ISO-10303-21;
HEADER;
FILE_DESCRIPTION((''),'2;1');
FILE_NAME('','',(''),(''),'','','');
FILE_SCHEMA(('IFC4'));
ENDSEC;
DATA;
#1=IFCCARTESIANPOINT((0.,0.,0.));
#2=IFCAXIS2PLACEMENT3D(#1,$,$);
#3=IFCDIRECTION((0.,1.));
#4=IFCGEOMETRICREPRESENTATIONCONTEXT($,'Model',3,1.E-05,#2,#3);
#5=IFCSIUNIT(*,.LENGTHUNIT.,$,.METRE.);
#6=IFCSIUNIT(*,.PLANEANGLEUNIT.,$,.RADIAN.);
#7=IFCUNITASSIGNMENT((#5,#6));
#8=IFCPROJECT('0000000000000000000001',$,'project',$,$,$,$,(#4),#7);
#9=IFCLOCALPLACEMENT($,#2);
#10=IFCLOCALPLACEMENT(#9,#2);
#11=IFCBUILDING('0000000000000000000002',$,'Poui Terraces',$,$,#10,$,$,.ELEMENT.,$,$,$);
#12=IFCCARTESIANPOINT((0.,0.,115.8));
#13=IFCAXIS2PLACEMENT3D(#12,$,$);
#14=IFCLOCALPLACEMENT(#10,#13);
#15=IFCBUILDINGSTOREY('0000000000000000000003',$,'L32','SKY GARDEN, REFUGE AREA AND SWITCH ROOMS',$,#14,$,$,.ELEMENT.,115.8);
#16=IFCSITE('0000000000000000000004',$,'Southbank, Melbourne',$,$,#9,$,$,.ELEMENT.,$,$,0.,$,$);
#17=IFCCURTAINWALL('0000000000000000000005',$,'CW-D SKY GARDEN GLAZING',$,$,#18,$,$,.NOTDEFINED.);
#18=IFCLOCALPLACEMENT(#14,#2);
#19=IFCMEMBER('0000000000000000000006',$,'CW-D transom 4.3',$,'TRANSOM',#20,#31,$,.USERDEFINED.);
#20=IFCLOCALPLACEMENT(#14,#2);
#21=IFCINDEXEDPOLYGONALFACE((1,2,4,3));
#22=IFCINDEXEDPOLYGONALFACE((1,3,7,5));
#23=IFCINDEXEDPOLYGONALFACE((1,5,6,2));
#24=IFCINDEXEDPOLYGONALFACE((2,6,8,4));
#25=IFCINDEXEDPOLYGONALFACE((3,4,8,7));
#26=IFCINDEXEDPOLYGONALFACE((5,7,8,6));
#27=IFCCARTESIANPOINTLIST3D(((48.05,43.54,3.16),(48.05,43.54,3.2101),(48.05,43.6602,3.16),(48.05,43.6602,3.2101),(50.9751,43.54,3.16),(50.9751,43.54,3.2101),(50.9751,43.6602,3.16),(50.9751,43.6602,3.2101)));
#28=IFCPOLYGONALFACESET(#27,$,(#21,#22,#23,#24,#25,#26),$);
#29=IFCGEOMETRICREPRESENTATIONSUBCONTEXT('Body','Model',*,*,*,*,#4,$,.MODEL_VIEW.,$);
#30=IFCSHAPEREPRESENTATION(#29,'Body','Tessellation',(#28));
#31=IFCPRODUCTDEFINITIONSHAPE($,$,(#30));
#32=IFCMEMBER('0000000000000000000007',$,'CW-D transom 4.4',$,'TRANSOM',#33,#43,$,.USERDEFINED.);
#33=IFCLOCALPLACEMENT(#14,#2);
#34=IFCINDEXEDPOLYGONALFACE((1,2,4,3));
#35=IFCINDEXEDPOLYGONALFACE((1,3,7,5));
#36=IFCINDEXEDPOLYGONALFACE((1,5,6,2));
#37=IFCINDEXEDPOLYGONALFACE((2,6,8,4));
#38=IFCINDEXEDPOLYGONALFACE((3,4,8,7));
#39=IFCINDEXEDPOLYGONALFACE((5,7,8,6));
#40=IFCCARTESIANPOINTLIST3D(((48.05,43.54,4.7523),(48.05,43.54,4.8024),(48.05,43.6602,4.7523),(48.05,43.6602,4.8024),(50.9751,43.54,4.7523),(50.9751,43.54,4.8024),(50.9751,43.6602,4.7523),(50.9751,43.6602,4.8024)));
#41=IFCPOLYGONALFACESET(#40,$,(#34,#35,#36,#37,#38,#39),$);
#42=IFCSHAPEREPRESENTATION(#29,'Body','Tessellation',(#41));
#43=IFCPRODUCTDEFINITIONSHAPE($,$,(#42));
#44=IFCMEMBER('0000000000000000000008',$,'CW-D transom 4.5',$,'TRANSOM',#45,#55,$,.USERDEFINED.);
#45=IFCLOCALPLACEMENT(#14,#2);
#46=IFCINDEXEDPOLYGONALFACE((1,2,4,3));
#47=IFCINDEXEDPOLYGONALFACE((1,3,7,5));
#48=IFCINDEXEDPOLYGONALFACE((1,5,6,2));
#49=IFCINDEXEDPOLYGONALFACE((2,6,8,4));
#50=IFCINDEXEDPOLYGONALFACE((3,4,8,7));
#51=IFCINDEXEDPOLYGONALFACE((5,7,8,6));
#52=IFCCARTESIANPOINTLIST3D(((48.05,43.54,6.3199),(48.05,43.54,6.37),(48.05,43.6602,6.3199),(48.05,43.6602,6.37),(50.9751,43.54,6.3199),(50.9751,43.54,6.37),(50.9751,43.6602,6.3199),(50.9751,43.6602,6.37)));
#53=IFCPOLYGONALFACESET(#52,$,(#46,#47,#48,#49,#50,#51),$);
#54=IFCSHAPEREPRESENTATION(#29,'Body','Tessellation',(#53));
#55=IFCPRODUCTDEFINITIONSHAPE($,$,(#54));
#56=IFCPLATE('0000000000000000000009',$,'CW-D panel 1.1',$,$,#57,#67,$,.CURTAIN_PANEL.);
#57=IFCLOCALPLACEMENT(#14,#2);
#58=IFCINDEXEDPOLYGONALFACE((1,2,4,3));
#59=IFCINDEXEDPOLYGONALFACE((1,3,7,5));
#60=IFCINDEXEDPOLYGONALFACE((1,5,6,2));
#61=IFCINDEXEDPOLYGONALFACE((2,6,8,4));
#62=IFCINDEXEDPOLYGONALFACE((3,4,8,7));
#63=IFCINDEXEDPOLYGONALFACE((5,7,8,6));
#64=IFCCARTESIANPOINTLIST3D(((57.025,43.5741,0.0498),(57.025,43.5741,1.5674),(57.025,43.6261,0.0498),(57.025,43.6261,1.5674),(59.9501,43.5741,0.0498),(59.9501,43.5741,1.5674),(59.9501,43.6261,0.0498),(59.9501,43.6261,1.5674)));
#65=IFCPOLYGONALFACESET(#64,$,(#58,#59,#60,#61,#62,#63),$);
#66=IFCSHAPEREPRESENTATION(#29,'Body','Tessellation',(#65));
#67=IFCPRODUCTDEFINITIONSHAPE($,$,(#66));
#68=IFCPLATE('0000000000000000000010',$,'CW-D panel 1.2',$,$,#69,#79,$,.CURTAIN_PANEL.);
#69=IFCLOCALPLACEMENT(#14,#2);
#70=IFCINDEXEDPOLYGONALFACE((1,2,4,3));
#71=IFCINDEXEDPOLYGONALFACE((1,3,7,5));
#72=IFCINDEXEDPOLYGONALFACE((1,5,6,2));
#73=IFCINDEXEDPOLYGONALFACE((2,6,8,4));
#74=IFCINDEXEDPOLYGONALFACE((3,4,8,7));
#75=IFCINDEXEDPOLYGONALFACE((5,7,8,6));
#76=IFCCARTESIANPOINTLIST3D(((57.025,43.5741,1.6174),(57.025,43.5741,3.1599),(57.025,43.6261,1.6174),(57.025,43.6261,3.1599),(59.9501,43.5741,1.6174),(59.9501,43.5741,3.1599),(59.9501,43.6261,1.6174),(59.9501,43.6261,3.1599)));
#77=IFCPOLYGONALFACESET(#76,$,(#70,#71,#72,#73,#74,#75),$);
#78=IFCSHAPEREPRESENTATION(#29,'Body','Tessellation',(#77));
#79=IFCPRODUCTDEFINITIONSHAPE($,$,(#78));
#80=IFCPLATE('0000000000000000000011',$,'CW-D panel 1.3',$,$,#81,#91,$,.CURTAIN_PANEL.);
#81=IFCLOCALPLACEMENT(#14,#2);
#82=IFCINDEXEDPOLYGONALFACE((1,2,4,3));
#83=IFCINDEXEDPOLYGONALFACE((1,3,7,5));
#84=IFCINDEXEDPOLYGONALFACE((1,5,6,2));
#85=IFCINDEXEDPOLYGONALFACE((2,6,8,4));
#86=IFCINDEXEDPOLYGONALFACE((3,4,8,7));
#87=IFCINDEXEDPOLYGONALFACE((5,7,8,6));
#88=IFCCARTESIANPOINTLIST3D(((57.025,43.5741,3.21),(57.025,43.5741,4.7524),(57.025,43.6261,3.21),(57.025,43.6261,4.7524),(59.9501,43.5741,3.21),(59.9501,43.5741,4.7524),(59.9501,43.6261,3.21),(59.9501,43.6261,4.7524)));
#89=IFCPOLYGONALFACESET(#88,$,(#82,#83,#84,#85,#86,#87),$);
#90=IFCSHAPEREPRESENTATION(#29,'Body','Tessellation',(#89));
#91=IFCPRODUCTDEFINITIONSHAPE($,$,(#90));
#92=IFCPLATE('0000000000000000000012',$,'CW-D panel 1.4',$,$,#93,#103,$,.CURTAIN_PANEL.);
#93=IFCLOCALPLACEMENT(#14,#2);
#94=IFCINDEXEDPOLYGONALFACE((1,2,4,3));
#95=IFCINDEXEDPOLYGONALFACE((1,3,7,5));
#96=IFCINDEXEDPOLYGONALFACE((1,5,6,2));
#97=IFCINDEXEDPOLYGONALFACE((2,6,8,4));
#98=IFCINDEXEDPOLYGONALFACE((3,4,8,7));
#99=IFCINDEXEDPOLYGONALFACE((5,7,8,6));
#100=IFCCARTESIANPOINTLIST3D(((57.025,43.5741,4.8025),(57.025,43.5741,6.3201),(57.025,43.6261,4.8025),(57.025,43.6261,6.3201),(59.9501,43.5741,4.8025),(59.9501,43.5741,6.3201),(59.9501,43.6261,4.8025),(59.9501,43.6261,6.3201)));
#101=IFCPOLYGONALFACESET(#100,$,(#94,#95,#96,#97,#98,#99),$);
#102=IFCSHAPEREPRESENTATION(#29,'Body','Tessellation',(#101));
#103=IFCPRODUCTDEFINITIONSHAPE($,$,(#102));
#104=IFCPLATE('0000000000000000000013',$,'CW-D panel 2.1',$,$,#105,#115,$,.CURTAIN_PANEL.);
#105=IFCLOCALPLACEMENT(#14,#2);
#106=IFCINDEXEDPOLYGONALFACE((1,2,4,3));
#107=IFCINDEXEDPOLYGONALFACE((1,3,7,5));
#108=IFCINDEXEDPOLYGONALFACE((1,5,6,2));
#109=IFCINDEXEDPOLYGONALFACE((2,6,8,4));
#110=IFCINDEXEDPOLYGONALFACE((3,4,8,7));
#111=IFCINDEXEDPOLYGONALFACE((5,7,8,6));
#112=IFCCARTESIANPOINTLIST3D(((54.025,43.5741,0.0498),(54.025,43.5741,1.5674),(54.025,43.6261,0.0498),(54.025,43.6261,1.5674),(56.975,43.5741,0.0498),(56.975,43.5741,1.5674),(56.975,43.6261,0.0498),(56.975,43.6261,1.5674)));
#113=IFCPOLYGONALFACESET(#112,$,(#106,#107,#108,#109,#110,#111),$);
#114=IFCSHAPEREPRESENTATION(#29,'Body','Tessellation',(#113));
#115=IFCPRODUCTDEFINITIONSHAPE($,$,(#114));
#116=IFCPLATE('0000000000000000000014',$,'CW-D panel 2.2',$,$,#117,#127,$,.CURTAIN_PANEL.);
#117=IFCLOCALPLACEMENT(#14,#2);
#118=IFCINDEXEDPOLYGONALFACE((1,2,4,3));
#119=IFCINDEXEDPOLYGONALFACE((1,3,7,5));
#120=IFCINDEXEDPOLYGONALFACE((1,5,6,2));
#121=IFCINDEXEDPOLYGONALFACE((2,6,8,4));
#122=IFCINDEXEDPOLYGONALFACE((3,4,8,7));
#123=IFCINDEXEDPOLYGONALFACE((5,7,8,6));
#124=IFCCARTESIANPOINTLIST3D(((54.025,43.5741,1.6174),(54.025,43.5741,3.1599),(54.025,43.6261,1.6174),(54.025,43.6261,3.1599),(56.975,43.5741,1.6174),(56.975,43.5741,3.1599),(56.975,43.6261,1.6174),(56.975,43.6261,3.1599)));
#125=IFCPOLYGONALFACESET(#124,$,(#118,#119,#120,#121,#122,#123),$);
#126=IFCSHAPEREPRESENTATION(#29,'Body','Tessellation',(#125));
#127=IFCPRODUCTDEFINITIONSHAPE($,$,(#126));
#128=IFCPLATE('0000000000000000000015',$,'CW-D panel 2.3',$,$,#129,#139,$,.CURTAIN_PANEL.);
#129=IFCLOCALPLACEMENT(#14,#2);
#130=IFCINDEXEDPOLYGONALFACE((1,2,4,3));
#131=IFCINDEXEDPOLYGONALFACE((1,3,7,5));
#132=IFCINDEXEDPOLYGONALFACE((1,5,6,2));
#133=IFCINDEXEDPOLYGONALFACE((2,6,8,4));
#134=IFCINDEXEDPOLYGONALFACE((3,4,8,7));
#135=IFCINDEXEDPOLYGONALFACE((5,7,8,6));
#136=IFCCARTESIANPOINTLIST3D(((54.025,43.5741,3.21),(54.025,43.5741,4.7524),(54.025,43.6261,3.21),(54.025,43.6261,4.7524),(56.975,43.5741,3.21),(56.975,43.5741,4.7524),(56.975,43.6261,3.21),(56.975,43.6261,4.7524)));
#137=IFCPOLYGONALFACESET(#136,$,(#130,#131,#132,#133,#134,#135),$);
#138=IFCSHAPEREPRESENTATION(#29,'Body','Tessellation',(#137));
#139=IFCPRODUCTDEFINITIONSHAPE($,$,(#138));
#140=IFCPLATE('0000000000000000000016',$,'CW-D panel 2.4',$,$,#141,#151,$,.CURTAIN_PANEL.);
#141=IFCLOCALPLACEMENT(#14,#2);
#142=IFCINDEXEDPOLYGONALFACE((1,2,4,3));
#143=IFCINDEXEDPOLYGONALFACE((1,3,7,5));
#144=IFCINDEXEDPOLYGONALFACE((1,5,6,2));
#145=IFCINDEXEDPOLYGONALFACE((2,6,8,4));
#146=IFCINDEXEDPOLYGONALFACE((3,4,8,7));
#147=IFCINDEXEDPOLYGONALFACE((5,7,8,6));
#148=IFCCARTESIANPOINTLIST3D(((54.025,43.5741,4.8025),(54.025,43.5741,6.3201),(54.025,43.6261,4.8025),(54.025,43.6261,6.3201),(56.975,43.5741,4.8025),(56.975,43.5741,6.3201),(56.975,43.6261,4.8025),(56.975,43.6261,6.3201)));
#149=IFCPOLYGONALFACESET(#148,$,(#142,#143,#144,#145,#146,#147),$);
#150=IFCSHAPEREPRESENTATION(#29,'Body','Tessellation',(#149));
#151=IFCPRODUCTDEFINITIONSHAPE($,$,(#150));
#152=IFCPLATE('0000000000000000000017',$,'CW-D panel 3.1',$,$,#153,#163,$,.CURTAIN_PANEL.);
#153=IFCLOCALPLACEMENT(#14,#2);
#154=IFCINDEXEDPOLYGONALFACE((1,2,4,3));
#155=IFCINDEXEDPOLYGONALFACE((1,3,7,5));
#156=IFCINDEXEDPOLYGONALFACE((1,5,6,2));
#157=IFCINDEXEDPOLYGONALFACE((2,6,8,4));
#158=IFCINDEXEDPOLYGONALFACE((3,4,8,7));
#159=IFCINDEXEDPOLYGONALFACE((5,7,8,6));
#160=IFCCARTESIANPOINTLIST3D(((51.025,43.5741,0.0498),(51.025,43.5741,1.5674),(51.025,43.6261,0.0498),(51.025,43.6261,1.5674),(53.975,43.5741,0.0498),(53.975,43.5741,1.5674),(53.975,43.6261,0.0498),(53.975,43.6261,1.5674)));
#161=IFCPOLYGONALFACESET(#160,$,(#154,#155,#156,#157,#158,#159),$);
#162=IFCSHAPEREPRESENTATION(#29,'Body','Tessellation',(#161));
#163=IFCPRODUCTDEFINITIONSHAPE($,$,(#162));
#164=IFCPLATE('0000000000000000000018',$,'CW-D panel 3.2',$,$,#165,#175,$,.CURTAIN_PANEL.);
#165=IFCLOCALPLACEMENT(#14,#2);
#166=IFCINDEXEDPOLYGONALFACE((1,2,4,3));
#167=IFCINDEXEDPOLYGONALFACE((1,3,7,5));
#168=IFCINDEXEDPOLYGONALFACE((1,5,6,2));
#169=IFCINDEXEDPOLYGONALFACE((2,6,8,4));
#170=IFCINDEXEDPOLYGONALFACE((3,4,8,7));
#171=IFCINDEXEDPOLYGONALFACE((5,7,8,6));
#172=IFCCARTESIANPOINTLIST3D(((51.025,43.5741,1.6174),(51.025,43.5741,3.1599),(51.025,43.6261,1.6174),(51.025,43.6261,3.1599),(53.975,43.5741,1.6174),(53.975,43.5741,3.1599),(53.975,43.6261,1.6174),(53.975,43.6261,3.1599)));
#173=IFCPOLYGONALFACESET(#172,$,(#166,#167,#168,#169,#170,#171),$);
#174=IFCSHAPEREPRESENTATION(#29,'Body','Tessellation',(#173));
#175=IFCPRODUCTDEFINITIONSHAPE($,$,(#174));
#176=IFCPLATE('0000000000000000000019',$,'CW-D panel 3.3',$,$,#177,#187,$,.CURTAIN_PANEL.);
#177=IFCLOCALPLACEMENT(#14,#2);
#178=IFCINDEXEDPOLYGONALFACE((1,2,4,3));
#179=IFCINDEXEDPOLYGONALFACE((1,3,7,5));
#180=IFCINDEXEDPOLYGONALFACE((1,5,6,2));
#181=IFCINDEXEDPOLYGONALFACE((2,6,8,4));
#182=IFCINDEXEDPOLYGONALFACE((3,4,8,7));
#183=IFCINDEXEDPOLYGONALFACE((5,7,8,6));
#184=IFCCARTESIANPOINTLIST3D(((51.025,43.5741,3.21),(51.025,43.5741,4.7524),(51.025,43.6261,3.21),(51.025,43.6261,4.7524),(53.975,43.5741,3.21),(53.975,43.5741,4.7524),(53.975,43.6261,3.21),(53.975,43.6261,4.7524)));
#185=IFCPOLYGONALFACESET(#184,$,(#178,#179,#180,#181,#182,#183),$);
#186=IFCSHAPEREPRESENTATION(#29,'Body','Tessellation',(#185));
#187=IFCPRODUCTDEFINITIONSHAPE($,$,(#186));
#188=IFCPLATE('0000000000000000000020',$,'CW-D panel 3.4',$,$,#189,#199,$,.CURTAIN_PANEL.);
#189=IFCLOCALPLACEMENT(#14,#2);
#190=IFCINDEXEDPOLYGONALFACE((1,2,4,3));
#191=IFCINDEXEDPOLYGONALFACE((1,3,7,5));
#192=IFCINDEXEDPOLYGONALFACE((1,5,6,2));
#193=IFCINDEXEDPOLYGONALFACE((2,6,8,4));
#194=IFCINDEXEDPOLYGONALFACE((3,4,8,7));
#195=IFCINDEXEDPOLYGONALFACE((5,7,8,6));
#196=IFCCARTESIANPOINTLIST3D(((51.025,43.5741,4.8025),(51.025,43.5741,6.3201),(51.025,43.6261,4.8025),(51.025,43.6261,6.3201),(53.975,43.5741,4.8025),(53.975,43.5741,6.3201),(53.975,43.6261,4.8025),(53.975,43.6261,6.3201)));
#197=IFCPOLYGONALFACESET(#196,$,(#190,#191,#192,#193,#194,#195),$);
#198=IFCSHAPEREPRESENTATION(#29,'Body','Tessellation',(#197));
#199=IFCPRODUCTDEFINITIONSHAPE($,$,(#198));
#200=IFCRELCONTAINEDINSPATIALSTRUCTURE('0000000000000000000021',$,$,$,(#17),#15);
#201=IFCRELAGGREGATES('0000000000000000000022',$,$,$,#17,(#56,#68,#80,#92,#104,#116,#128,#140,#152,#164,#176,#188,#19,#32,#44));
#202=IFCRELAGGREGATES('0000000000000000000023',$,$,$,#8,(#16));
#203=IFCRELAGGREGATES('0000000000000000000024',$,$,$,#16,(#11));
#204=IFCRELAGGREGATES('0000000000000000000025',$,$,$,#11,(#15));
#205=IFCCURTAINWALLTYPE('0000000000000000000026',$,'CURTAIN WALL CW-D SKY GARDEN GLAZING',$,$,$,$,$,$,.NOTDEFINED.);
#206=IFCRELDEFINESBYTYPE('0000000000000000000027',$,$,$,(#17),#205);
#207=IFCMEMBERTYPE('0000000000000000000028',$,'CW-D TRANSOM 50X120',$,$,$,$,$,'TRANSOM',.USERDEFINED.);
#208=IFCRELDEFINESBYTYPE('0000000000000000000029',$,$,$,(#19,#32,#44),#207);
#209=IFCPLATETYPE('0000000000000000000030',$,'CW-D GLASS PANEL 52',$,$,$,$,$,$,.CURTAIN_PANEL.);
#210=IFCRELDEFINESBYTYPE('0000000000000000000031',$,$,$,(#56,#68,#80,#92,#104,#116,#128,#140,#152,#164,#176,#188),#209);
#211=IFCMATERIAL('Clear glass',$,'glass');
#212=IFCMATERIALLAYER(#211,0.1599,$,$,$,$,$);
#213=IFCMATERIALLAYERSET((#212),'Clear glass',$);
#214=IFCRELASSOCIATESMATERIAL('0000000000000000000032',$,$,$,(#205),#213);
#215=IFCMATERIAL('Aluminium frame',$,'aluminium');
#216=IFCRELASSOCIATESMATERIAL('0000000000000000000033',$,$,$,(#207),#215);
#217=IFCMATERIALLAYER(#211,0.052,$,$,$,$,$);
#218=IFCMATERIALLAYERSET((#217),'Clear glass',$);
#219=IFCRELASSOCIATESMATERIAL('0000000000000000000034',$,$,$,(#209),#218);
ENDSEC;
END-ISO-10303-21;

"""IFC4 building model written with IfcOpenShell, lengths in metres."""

from ifc_helpers import new_model, si_unit, direction, frame, origin, origin_2d, place, context, subcontext, project, spatial, rectangle, extrude, material, layer, layer_set, material_profile, profile_set, type_object, element, aggregate, save


model = new_model("IFC4")

# Units and contexts
model_context = context("Model", 3, precision=1e-05, world=origin(), true_north=direction((0.0, 1.0)))
body_context = subcontext(model_context, "Body", "Model", "MODEL_VIEW")
ifc_project = project(units=[si_unit("LENGTHUNIT", "METRE"), si_unit("PLANEANGLEUNIT", "RADIAN")], contexts=[model_context])

# Site, building, storey
site_placement = place(None, origin())
site = spatial("IfcSite", under=ifc_project, at=site_placement, Name="Southbank, Melbourne", CompositionType="ELEMENT", RefElevation=0.0)
building_placement = place(site_placement, origin())
building = spatial("IfcBuilding", under=site, at=building_placement, Name="Poui Terraces", CompositionType="ELEMENT")
storey_placement = place(building_placement, frame((0.0, 0.0, 115.8)))
storey = spatial("IfcBuildingStorey", under=building, at=storey_placement, Name="L32", Description="SKY GARDEN, REFUGE AREA AND SWITCH ROOMS", CompositionType="ELEMENT", Elevation=115.8)

# Curtain wall, members, plates
ifc_material_1 = material(Name="Clear glass", Category="glass")
ifc_layer_1 = layer(ifc_material_1, 0.1599)
ifc_layer_set_1 = layer_set([ifc_layer_1], Name="Clear glass")
curtain_wall_type = type_object("IfcCurtainWallType", Name="CURTAIN WALL CW-D SKY GARDEN GLAZING", PredefinedType="NOTDEFINED", material=ifc_layer_set_1)
curtain_wall_placement = place(storey_placement, origin())
curtain_wall = element("IfcCurtainWall", 1, at=curtain_wall_placement, inside=storey, type_object=curtain_wall_type, Name="CW-D SKY GARDEN GLAZING", PredefinedType="NOTDEFINED")
ifc_material_2 = material(Name="Aluminium frame", Category="aluminium")
ifc_material_profile_1 = material_profile(ifc_material_2, rectangle(XDim=0.1201, YDim=0.05, at=origin_2d()), Name="CW-D TRANSOM 50X120")
ifc_profile_set_1 = profile_set([ifc_material_profile_1], Name="Aluminium frame")
member_type_1 = type_object("IfcMemberType", Name="CW-D TRANSOM 50X120", ElementType="TRANSOM", PredefinedType="USERDEFINED", material=ifc_profile_set_1)
member_1_placement = place(storey_placement, frame((50.9751, 43.6001, 3.1851), z_axis=(-1.0, 0.0, 0.0), x_axis=(0.0, -1.0, 0.0)))
member_1 = element("IfcMember", 2, at=member_1_placement, type_object=member_type_1, Name="CW-D transom 4.3", ObjectType="TRANSOM", PredefinedType="USERDEFINED", context=body_context, shape_type="SweptSolid", body=[
    extrude(rectangle(XDim=0.1201, YDim=0.05, at=origin_2d()), origin(), (0.0, 0.0, 1.0), 2.925),
])
member_2_placement = place(storey_placement, frame((50.9751, 43.6001, 4.7773), z_axis=(-1.0, 0.0, 0.0), x_axis=(0.0, -1.0, 0.0)))
member_2 = element("IfcMember", 3, at=member_2_placement, type_object=member_type_1, Name="CW-D transom 4.4", ObjectType="TRANSOM", PredefinedType="USERDEFINED", context=body_context, shape_type="SweptSolid", body=[
    extrude(rectangle(XDim=0.1201, YDim=0.05, at=origin_2d()), origin(), (0.0, 0.0, 1.0), 2.925),
])
member_3_placement = place(storey_placement, frame((50.9751, 43.6001, 6.345), z_axis=(-1.0, 0.0, 0.0), x_axis=(0.0, -1.0, 0.0)))
member_3 = element("IfcMember", 4, at=member_3_placement, type_object=member_type_1, Name="CW-D transom 4.5", ObjectType="TRANSOM", PredefinedType="USERDEFINED", context=body_context, shape_type="SweptSolid", body=[
    extrude(rectangle(XDim=0.1201, YDim=0.05, at=origin_2d()), origin(), (0.0, 0.0, 1.0), 2.925),
])
ifc_layer_2 = layer(ifc_material_1, 0.052)
ifc_layer_set_2 = layer_set([ifc_layer_2], Name="Clear glass")
plate_type = type_object("IfcPlateType", Name="CW-D GLASS PANEL 52", PredefinedType="CURTAIN_PANEL", material=ifc_layer_set_2)
plate_1_placement = place(storey_placement, frame((58.4875, 43.6001, 0.0498), z_axis=(0.0, 0.0, 1.0), x_axis=(-1.0, 0.0, 0.0)))
plate_1 = element("IfcPlate", 5, at=plate_1_placement, type_object=plate_type, Name="CW-D panel 1.1", PredefinedType="CURTAIN_PANEL", context=body_context, shape_type="SweptSolid", body=[
    extrude(rectangle(XDim=2.925, YDim=0.052, at=origin_2d()), origin(), (0.0, 0.0, 1.0), 1.5176),
])
plate_2_placement = place(storey_placement, frame((58.4875, 43.6001, 1.6174), z_axis=(0.0, 0.0, 1.0), x_axis=(-1.0, 0.0, 0.0)))
plate_2 = element("IfcPlate", 6, at=plate_2_placement, type_object=plate_type, Name="CW-D panel 1.2", PredefinedType="CURTAIN_PANEL", context=body_context, shape_type="SweptSolid", body=[
    extrude(rectangle(XDim=2.925, YDim=0.052, at=origin_2d()), origin(), (0.0, 0.0, 1.0), 1.5425),
])
plate_3_placement = place(storey_placement, frame((58.4875, 43.6001, 3.21), z_axis=(0.0, 0.0, 1.0), x_axis=(-1.0, 0.0, 0.0)))
plate_3 = element("IfcPlate", 7, at=plate_3_placement, type_object=plate_type, Name="CW-D panel 1.3", PredefinedType="CURTAIN_PANEL", context=body_context, shape_type="SweptSolid", body=[
    extrude(rectangle(XDim=2.925, YDim=0.052, at=origin_2d()), origin(), (0.0, 0.0, 1.0), 1.5425),
])
plate_4_placement = place(storey_placement, frame((58.4875, 43.6001, 4.8025), z_axis=(0.0, 0.0, 1.0), x_axis=(-1.0, 0.0, 0.0)))
plate_4 = element("IfcPlate", 8, at=plate_4_placement, type_object=plate_type, Name="CW-D panel 1.4", PredefinedType="CURTAIN_PANEL", context=body_context, shape_type="SweptSolid", body=[
    extrude(rectangle(XDim=2.925, YDim=0.052, at=origin_2d()), origin(), (0.0, 0.0, 1.0), 1.5176),
])
plate_5_placement = place(storey_placement, frame((55.5, 43.6001, 0.0498), z_axis=(0.0, 0.0, 1.0), x_axis=(-1.0, 0.0, 0.0)))
plate_5 = element("IfcPlate", 9, at=plate_5_placement, type_object=plate_type, Name="CW-D panel 2.1", PredefinedType="CURTAIN_PANEL", context=body_context, shape_type="SweptSolid", body=[
    extrude(rectangle(XDim=2.95, YDim=0.052, at=origin_2d()), origin(), (0.0, 0.0, 1.0), 1.5176),
])
plate_6_placement = place(storey_placement, frame((55.5, 43.6001, 1.6174), z_axis=(0.0, 0.0, 1.0), x_axis=(-1.0, 0.0, 0.0)))
plate_6 = element("IfcPlate", 10, at=plate_6_placement, type_object=plate_type, Name="CW-D panel 2.2", PredefinedType="CURTAIN_PANEL", context=body_context, shape_type="SweptSolid", body=[
    extrude(rectangle(XDim=2.95, YDim=0.052, at=origin_2d()), origin(), (0.0, 0.0, 1.0), 1.5425),
])
plate_7_placement = place(storey_placement, frame((55.5, 43.6001, 3.21), z_axis=(0.0, 0.0, 1.0), x_axis=(-1.0, 0.0, 0.0)))
plate_7 = element("IfcPlate", 11, at=plate_7_placement, type_object=plate_type, Name="CW-D panel 2.3", PredefinedType="CURTAIN_PANEL", context=body_context, shape_type="SweptSolid", body=[
    extrude(rectangle(XDim=2.95, YDim=0.052, at=origin_2d()), origin(), (0.0, 0.0, 1.0), 1.5425),
])
plate_8_placement = place(storey_placement, frame((55.5, 43.6001, 4.8025), z_axis=(0.0, 0.0, 1.0), x_axis=(-1.0, 0.0, 0.0)))
plate_8 = element("IfcPlate", 12, at=plate_8_placement, type_object=plate_type, Name="CW-D panel 2.4", PredefinedType="CURTAIN_PANEL", context=body_context, shape_type="SweptSolid", body=[
    extrude(rectangle(XDim=2.95, YDim=0.052, at=origin_2d()), origin(), (0.0, 0.0, 1.0), 1.5176),
])
plate_9_placement = place(storey_placement, frame((52.5, 43.6001, 0.0498), z_axis=(0.0, 0.0, 1.0), x_axis=(-1.0, 0.0, 0.0)))
plate_9 = element("IfcPlate", 13, at=plate_9_placement, type_object=plate_type, Name="CW-D panel 3.1", PredefinedType="CURTAIN_PANEL", context=body_context, shape_type="SweptSolid", body=[
    extrude(rectangle(XDim=2.95, YDim=0.052, at=origin_2d()), origin(), (0.0, 0.0, 1.0), 1.5176),
])
plate_10_placement = place(storey_placement, frame((52.5, 43.6001, 1.6174), z_axis=(0.0, 0.0, 1.0), x_axis=(-1.0, 0.0, 0.0)))
plate_10 = element("IfcPlate", 14, at=plate_10_placement, type_object=plate_type, Name="CW-D panel 3.2", PredefinedType="CURTAIN_PANEL", context=body_context, shape_type="SweptSolid", body=[
    extrude(rectangle(XDim=2.95, YDim=0.052, at=origin_2d()), origin(), (0.0, 0.0, 1.0), 1.5425),
])
plate_11_placement = place(storey_placement, frame((52.5, 43.6001, 3.21), z_axis=(0.0, 0.0, 1.0), x_axis=(-1.0, 0.0, 0.0)))
plate_11 = element("IfcPlate", 15, at=plate_11_placement, type_object=plate_type, Name="CW-D panel 3.3", PredefinedType="CURTAIN_PANEL", context=body_context, shape_type="SweptSolid", body=[
    extrude(rectangle(XDim=2.95, YDim=0.052, at=origin_2d()), origin(), (0.0, 0.0, 1.0), 1.5425),
])
plate_12_placement = place(storey_placement, frame((52.5, 43.6001, 4.8025), z_axis=(0.0, 0.0, 1.0), x_axis=(-1.0, 0.0, 0.0)))
plate_12 = element("IfcPlate", 16, at=plate_12_placement, type_object=plate_type, Name="CW-D panel 3.4", PredefinedType="CURTAIN_PANEL", context=body_context, shape_type="SweptSolid", body=[
    extrude(rectangle(XDim=2.95, YDim=0.052, at=origin_2d()), origin(), (0.0, 0.0, 1.0), 1.5176),
])
aggregate(curtain_wall, [plate_1, plate_2, plate_3, plate_4, plate_5, plate_6, plate_7, plate_8, plate_9, plate_10, plate_11, plate_12, member_1, member_2, member_3])

save(model, "model.ifc")
